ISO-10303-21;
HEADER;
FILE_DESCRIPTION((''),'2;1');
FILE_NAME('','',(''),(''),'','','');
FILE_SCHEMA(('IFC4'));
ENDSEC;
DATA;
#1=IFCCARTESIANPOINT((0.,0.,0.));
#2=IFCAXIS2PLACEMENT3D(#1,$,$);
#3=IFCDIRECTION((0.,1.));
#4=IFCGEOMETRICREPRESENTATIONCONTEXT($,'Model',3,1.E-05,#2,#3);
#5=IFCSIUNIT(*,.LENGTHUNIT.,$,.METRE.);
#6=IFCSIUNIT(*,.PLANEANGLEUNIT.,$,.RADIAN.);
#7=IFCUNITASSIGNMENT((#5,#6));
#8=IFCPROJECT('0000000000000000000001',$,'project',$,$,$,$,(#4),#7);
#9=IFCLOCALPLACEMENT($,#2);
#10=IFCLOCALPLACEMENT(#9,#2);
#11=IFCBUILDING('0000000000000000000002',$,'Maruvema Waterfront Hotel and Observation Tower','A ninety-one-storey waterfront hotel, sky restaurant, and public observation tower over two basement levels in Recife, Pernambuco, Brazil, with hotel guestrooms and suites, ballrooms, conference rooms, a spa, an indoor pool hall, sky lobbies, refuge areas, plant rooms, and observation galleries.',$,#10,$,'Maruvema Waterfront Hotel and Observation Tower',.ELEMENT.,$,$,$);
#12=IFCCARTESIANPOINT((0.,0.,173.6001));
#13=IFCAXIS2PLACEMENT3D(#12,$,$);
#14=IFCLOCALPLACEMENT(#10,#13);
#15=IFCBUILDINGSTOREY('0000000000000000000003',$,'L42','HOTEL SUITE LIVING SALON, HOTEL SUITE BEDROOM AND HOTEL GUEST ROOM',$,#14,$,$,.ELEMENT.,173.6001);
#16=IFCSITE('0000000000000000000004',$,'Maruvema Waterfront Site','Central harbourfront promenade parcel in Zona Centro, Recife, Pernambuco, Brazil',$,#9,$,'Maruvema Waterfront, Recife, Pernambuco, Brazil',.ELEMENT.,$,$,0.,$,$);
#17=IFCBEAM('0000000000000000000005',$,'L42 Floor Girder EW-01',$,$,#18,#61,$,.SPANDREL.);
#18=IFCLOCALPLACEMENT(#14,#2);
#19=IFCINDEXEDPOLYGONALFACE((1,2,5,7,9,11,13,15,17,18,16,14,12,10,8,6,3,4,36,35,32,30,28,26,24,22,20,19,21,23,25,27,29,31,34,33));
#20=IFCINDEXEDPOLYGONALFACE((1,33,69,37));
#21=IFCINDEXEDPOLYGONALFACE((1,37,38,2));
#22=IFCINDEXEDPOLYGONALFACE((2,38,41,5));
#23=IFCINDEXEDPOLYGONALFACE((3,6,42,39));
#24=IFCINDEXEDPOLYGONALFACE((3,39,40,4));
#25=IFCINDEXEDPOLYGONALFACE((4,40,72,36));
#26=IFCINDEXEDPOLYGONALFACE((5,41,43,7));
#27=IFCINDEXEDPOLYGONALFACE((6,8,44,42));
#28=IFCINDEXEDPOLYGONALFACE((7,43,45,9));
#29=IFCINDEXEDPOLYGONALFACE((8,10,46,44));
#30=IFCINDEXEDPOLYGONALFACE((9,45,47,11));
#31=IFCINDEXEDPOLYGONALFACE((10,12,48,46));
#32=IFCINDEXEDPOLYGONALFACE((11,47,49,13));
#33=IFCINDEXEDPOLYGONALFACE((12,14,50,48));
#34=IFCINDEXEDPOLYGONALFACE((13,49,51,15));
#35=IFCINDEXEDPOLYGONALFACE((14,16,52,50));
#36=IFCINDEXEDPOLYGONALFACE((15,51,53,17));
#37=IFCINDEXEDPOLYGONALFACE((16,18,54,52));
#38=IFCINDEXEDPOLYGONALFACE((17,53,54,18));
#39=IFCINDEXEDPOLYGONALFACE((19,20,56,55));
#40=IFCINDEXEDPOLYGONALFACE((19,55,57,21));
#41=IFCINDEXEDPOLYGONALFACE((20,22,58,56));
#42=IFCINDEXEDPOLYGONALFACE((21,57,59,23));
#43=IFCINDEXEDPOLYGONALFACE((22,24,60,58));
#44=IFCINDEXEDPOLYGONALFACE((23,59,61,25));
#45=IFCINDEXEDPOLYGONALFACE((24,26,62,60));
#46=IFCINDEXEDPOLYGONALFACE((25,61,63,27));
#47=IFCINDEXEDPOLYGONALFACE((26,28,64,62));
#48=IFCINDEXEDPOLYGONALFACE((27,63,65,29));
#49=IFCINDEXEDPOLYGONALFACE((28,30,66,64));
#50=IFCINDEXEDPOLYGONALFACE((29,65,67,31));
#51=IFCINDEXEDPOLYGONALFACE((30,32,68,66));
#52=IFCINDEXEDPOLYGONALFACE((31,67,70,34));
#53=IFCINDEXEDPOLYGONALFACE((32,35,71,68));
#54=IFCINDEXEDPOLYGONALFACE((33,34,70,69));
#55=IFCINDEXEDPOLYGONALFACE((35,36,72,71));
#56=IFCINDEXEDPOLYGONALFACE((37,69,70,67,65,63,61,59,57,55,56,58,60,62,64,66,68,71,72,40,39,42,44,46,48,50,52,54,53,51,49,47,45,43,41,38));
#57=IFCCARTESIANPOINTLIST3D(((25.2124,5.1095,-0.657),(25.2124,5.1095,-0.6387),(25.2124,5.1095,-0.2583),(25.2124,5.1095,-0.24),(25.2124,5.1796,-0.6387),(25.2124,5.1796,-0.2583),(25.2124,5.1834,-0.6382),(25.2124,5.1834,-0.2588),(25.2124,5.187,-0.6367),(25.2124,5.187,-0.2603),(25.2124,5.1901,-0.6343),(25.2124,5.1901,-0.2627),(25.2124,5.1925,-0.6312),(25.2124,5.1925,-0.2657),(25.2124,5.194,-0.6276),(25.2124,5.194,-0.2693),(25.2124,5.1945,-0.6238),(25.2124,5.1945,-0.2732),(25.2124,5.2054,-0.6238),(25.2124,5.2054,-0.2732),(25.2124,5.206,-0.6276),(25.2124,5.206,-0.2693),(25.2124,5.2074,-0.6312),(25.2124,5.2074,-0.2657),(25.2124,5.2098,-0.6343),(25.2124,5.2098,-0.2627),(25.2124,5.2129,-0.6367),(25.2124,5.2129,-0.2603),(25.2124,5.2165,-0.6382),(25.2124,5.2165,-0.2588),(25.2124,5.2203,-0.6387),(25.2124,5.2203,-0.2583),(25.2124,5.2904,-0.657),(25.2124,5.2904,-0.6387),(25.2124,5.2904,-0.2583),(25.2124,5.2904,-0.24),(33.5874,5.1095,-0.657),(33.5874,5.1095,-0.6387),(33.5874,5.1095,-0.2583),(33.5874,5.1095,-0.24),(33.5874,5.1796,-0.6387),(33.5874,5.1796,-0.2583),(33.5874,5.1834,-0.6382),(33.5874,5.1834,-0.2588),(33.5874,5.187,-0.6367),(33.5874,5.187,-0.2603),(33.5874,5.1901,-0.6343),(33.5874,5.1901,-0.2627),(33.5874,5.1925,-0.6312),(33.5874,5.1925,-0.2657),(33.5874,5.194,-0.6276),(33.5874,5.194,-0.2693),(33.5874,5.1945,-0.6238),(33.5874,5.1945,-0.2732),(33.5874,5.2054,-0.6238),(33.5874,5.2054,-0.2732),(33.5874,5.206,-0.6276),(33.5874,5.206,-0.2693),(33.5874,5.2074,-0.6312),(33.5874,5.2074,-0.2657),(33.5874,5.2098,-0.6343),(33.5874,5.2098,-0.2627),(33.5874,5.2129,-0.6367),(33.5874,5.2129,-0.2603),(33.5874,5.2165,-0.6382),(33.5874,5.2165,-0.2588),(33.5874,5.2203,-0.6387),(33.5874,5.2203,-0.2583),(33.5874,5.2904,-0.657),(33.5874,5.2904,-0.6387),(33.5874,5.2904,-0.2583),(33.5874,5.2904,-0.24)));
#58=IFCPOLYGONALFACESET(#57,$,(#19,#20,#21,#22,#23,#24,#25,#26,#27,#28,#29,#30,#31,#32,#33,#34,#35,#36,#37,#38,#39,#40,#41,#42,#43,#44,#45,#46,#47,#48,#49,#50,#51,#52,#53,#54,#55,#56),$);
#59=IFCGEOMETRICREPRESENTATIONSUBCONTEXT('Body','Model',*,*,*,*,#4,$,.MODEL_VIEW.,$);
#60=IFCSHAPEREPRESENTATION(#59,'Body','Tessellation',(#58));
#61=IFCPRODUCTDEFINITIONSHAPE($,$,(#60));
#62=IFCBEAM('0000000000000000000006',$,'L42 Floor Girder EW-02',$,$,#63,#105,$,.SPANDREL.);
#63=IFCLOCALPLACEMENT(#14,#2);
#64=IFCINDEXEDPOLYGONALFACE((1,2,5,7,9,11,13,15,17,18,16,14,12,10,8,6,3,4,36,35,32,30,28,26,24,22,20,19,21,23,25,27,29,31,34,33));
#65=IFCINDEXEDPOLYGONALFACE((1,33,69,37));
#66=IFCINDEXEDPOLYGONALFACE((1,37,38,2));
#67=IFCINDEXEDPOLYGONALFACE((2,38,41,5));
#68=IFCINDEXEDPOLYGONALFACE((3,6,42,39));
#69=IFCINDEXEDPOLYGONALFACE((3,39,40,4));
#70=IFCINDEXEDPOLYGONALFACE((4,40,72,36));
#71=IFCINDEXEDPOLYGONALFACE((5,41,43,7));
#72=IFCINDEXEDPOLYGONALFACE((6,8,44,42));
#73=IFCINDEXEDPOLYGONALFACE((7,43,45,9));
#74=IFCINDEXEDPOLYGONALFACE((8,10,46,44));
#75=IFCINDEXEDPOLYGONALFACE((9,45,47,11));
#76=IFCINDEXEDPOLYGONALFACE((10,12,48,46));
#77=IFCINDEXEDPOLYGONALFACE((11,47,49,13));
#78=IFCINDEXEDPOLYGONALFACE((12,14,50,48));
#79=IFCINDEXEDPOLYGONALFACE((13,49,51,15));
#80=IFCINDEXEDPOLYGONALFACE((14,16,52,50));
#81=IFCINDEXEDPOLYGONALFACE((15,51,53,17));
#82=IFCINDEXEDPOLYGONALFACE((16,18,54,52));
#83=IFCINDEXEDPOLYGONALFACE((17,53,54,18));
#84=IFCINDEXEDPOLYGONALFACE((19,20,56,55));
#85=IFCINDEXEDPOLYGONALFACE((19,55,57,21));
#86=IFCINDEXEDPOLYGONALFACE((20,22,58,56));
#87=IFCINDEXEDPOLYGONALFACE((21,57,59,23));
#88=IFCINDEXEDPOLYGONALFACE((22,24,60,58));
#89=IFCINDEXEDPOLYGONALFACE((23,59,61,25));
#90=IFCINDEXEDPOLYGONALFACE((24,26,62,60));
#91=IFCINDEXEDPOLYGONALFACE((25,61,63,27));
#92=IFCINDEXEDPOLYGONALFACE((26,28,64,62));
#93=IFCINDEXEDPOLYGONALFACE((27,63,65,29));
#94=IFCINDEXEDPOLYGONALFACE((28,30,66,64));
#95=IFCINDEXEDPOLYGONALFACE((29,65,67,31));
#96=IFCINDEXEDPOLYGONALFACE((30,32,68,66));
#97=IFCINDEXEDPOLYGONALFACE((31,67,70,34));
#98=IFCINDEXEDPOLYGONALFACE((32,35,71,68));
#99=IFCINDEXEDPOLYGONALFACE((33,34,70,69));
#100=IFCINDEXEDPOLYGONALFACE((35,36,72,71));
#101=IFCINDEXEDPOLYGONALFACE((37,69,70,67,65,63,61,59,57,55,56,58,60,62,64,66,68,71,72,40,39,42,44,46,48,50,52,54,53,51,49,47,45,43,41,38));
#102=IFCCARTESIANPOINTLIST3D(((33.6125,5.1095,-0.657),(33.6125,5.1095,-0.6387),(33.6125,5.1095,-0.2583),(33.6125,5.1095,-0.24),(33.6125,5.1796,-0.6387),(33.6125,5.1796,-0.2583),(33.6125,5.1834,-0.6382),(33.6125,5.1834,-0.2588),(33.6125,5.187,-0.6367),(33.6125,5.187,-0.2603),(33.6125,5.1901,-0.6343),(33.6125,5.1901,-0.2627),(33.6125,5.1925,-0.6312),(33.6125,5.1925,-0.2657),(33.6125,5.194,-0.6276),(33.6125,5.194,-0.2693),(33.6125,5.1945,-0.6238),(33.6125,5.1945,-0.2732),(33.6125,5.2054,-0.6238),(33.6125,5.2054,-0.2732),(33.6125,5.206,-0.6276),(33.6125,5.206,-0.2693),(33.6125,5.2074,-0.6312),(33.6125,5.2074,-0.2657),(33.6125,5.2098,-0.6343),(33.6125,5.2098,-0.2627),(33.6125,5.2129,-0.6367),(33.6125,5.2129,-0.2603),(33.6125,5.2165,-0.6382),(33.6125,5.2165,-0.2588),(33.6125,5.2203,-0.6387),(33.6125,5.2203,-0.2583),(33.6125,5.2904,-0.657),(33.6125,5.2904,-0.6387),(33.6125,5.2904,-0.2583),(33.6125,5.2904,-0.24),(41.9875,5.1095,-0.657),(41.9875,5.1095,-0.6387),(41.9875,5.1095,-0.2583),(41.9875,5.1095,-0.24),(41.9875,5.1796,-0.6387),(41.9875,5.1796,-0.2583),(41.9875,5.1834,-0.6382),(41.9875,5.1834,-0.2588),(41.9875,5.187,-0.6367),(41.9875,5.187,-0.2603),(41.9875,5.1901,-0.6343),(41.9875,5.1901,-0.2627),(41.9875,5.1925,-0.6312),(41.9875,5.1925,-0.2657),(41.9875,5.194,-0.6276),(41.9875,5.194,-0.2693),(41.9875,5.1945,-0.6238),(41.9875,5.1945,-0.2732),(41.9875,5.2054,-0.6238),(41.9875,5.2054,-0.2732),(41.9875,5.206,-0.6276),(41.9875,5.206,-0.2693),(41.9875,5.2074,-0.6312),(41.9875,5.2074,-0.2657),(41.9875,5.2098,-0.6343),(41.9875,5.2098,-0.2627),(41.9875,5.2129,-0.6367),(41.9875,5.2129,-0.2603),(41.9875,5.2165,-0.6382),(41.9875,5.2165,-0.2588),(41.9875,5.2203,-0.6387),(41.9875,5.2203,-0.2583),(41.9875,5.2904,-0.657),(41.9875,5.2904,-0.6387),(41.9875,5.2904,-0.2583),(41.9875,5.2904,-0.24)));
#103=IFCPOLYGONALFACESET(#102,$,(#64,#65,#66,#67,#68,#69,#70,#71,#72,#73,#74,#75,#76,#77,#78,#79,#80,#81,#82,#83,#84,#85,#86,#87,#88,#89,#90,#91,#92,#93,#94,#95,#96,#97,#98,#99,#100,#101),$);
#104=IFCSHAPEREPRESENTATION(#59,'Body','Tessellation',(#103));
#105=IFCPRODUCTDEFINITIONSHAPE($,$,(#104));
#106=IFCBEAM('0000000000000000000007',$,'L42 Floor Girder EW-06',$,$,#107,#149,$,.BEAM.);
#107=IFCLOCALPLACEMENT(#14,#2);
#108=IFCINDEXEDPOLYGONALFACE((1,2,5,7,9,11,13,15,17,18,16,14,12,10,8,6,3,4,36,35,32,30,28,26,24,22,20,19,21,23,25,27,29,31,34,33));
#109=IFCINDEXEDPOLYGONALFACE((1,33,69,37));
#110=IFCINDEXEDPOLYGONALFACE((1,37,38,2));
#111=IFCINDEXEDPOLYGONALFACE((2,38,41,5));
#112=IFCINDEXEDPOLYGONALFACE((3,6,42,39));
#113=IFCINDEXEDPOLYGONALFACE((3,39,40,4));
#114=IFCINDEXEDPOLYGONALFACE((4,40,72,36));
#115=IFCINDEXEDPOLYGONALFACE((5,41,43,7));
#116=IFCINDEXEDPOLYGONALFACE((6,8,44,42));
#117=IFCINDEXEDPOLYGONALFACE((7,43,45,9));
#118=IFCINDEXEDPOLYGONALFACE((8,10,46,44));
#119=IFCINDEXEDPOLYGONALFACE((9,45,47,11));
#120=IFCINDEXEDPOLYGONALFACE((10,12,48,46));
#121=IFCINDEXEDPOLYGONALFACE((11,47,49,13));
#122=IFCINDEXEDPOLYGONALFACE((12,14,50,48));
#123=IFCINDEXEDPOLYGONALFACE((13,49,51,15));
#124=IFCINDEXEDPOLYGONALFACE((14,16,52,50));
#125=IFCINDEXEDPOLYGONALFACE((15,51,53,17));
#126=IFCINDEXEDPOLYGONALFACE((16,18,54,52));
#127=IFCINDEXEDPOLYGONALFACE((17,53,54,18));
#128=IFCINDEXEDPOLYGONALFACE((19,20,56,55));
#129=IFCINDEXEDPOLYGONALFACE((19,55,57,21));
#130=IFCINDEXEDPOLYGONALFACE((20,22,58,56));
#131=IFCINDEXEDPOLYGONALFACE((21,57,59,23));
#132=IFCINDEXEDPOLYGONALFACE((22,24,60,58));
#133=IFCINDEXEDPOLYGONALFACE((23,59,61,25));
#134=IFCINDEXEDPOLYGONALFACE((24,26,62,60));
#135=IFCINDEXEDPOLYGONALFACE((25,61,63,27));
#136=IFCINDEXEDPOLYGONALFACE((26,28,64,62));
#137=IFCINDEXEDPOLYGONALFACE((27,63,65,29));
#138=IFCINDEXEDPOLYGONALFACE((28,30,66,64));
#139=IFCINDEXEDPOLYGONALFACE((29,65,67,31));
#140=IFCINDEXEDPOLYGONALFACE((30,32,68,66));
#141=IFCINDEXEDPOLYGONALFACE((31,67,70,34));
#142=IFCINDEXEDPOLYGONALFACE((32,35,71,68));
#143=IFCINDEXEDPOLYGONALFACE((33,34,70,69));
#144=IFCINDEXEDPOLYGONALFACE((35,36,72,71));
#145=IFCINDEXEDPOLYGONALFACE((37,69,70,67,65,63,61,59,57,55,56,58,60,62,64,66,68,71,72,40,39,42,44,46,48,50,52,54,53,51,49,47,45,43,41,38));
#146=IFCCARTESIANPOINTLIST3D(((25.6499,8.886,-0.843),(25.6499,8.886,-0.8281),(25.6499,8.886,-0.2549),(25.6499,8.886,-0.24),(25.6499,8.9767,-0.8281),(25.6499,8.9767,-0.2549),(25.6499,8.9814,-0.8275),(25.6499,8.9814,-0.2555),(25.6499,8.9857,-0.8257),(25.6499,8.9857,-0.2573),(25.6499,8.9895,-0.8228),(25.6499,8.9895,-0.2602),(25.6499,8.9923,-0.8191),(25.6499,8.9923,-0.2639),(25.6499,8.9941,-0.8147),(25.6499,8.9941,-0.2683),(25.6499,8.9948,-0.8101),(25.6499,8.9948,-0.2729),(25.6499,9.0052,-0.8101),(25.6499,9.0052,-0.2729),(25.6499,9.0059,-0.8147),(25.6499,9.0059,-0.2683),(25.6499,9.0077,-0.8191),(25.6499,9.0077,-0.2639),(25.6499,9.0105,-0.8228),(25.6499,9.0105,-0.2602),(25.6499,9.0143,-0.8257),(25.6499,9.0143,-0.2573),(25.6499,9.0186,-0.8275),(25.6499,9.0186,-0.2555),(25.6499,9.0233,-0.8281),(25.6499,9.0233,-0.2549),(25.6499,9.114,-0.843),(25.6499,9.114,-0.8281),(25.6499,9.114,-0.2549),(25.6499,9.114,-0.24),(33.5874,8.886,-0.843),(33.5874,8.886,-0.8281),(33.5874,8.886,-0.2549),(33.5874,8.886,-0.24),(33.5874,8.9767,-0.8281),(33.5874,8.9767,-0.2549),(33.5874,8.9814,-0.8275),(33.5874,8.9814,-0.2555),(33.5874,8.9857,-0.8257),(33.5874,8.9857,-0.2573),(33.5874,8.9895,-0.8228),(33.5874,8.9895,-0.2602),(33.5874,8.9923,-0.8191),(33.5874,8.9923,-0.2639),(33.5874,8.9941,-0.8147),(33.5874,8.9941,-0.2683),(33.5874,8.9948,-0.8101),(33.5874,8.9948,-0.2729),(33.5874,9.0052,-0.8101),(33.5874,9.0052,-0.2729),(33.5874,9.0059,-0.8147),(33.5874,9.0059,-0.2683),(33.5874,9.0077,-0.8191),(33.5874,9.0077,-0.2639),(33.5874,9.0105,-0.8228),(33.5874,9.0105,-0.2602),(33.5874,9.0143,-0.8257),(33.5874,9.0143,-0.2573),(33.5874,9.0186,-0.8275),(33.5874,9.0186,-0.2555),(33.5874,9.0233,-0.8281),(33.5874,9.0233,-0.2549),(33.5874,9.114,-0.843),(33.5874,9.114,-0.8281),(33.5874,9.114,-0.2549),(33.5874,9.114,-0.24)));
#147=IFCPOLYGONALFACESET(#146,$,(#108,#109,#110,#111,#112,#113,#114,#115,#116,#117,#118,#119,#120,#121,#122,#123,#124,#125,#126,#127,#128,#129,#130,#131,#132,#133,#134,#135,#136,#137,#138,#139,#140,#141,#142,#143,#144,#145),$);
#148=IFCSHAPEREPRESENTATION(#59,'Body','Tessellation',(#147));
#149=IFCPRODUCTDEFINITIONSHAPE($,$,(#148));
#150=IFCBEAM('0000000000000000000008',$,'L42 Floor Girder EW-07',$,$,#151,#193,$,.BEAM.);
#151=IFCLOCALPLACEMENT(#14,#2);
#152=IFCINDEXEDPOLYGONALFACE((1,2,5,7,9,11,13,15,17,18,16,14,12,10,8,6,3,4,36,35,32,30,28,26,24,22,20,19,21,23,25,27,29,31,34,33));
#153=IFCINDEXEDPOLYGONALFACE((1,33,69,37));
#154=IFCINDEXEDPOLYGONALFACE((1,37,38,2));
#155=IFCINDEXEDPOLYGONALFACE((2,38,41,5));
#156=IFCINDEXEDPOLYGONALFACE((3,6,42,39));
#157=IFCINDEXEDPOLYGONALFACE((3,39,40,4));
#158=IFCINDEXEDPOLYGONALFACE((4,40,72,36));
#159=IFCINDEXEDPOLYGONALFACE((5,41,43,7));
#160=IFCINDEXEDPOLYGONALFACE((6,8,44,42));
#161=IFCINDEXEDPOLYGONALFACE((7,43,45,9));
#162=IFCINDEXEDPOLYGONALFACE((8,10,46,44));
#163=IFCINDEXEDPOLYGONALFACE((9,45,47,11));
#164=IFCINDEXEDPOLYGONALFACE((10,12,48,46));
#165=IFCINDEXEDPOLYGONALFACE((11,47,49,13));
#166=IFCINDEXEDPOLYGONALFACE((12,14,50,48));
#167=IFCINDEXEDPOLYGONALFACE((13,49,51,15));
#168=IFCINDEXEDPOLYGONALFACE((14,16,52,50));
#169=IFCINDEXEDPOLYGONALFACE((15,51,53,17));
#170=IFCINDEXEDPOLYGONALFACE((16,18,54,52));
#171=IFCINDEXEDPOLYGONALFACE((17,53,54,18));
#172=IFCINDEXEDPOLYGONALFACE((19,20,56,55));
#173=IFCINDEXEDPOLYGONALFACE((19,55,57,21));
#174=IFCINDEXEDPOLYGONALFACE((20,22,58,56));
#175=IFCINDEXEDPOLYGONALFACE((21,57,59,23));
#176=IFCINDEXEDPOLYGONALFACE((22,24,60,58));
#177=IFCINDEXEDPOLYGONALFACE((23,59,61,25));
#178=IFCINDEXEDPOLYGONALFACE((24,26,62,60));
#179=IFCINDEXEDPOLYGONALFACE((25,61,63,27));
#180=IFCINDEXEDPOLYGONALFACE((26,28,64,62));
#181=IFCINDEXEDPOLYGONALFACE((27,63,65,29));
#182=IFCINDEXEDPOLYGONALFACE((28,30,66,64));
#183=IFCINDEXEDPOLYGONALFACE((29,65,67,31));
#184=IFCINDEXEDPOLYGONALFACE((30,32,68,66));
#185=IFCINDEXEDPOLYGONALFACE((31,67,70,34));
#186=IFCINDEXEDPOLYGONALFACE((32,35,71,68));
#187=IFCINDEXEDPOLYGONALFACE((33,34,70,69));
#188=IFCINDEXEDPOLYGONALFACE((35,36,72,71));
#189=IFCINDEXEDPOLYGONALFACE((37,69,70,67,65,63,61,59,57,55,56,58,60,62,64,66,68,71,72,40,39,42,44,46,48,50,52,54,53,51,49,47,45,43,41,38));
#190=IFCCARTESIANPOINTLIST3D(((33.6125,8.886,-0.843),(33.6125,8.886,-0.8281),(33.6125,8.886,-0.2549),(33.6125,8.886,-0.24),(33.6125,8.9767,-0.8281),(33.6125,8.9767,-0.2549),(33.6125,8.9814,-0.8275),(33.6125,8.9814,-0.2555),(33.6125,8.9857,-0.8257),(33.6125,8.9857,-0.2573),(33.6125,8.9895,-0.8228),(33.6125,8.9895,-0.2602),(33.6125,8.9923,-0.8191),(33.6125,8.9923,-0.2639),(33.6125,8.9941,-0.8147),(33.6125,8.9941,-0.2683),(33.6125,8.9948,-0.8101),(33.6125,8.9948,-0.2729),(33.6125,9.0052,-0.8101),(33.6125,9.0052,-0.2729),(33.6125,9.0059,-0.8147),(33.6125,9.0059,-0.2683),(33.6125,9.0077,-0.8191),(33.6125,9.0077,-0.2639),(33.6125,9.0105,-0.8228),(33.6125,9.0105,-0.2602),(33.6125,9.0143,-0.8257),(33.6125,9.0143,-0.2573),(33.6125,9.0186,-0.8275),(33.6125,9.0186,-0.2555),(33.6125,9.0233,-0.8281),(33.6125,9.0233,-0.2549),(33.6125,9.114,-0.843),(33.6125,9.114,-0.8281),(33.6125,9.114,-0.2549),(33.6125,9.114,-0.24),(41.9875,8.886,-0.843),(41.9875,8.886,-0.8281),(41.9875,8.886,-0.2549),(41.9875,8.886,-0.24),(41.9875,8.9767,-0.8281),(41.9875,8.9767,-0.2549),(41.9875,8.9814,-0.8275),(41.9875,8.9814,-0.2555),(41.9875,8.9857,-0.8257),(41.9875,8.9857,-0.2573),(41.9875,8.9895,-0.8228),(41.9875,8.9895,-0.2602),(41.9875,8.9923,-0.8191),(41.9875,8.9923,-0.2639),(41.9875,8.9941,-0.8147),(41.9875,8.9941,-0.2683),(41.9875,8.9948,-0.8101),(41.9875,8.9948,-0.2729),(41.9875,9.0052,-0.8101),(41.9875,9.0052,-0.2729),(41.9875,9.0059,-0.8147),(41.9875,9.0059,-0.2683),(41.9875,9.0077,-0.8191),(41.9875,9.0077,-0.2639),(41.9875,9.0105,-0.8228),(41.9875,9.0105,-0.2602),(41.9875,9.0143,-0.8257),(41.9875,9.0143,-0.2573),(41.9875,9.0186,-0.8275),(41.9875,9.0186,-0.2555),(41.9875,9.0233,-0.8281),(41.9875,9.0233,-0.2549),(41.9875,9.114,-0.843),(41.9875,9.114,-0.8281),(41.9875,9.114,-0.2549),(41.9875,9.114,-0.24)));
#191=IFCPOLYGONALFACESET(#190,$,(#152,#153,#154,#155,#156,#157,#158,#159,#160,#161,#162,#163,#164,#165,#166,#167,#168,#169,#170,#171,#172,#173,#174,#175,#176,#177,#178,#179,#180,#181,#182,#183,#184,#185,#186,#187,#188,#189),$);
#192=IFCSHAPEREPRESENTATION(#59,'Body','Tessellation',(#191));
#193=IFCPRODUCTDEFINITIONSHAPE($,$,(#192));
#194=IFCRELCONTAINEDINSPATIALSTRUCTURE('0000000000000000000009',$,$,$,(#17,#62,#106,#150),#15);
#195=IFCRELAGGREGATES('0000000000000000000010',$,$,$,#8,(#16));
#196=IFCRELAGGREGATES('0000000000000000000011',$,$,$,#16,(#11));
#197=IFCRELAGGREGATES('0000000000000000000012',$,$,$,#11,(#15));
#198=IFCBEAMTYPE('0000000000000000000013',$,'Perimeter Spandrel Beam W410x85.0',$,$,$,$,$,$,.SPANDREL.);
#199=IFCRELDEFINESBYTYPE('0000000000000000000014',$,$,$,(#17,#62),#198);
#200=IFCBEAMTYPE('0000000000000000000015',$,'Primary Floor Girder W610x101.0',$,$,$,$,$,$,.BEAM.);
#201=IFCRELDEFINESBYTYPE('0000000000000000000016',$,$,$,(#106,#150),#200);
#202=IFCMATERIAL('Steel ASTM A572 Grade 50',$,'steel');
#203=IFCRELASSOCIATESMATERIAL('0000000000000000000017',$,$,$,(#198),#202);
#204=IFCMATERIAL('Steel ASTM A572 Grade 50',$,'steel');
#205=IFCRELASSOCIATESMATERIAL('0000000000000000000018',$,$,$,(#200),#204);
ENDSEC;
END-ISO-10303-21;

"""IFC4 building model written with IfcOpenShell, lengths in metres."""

from ifc_helpers import new_model, si_unit, direction, frame, origin, origin_2d, place, context, subcontext, project, spatial, i_section, extrude, material, material_profile, profile_set, type_object, element, save


model = new_model("IFC4")

# Units and contexts
model_context = context("Model", 3, precision=1e-05, world=origin(), true_north=direction((0.0, 1.0)))
body_context = subcontext(model_context, "Body", "Model", "MODEL_VIEW")
ifc_project = project(units=[si_unit("LENGTHUNIT", "METRE"), si_unit("PLANEANGLEUNIT", "RADIAN")], contexts=[model_context])

# Site, building, storey
site_placement = place(None, origin())
site = spatial("IfcSite", under=ifc_project, at=site_placement, Name="Maruvema Waterfront Site", Description="Central harbourfront promenade parcel in Zona Centro, Recife, Pernambuco, Brazil", LongName="Maruvema Waterfront, Recife, Pernambuco, Brazil", CompositionType="ELEMENT", RefElevation=0.0)
building_placement = place(site_placement, origin())
building = spatial("IfcBuilding", under=site, at=building_placement, Name="Maruvema Waterfront Hotel and Observation Tower", Description="A ninety-one-storey waterfront hotel, sky restaurant, and public observation tower over two basement levels in Recife, Pernambuco, Brazil, with hotel guestrooms and suites, ballrooms, conference rooms, a spa, an indoor pool hall, sky lobbies, refuge areas, plant rooms, and observation galleries.", LongName="Maruvema Waterfront Hotel and Observation Tower", CompositionType="ELEMENT")
storey_placement = place(building_placement, frame((0.0, 0.0, 173.6001)))
storey = spatial("IfcBuildingStorey", under=building, at=storey_placement, Name="L42", Description="HOTEL SUITE LIVING SALON, HOTEL SUITE BEDROOM AND HOTEL GUEST ROOM", CompositionType="ELEMENT", Elevation=173.6001)

# Beams
ifc_material_1 = material(Name="Steel ASTM A572 Grade 50", Category="steel")
ifc_material_profile_1 = material_profile(ifc_material_1, i_section(OverallWidth=0.1809, OverallDepth=0.417, WebThickness=0.011, FlangeThickness=0.0183, FilletRadius=0.0149, at=origin_2d()), Name="W410x85.0")
ifc_profile_set_1 = profile_set([ifc_material_profile_1], Name="Steel ASTM A572 Grade 50")
beam_type_1 = type_object("IfcBeamType", Name="Perimeter Spandrel Beam W410x85.0", PredefinedType="SPANDREL", material=ifc_profile_set_1)
for number, where, z_axis, x_axis, name in (
    (1, (25.2124, 5.2, -0.4485), (1.0, 0.0, 0.0), (0.0, 1.0, 0.0), "L42 Floor Girder EW-01"),
    (2, (33.6125, 5.2, -0.4485), (1.0, 0.0, 0.0), (0.0, 1.0, 0.0), "L42 Floor Girder EW-02"),
):
    element("IfcBeam", number, at=place(storey_placement, frame(where, z_axis=z_axis, x_axis=x_axis)), inside=storey, type_object=beam_type_1, Name=name, PredefinedType="SPANDREL", context=body_context, shape_type="SweptSolid", body=[
        extrude(i_section(OverallWidth=0.1809, OverallDepth=0.417, WebThickness=0.011, FlangeThickness=0.0183, FilletRadius=0.0149, at=origin_2d()), origin(), (0.0, 0.0, 1.0), 8.375),
    ])
ifc_material_2 = material(Name="Steel ASTM A572 Grade 50", Category="steel")
ifc_material_profile_2 = material_profile(ifc_material_2, i_section(OverallWidth=0.228, OverallDepth=0.603, WebThickness=0.0105, FlangeThickness=0.0149, FilletRadius=0.0181, at=origin_2d()), Name="W610x101.0")
ifc_profile_set_2 = profile_set([ifc_material_profile_2], Name="Steel ASTM A572 Grade 50")
beam_type_2 = type_object("IfcBeamType", Name="Primary Floor Girder W610x101.0", PredefinedType="BEAM", material=ifc_profile_set_2)
beam_1_placement = place(storey_placement, frame((25.6499, 9.0, -0.5415), z_axis=(1.0, 0.0, 0.0), x_axis=(0.0, 1.0, 0.0)))
element("IfcBeam", 3, at=beam_1_placement, inside=storey, type_object=beam_type_2, Name="L42 Floor Girder EW-06", PredefinedType="BEAM", context=body_context, shape_type="SweptSolid", body=[
    extrude(i_section(OverallWidth=0.228, OverallDepth=0.603, WebThickness=0.0105, FlangeThickness=0.0149, FilletRadius=0.0181, at=origin_2d()), origin(), (0.0, 0.0, 1.0), 7.9375),
])
beam_2_placement = place(storey_placement, frame((33.6125, 9.0, -0.5415), z_axis=(1.0, 0.0, 0.0), x_axis=(0.0, 1.0, 0.0)))
element("IfcBeam", 4, at=beam_2_placement, inside=storey, type_object=beam_type_2, Name="L42 Floor Girder EW-07", PredefinedType="BEAM", context=body_context, shape_type="SweptSolid", body=[
    extrude(i_section(OverallWidth=0.228, OverallDepth=0.603, WebThickness=0.0105, FlangeThickness=0.0149, FilletRadius=0.0181, at=origin_2d()), origin(), (0.0, 0.0, 1.0), 8.375),
])

save(model, "model.ifc")
